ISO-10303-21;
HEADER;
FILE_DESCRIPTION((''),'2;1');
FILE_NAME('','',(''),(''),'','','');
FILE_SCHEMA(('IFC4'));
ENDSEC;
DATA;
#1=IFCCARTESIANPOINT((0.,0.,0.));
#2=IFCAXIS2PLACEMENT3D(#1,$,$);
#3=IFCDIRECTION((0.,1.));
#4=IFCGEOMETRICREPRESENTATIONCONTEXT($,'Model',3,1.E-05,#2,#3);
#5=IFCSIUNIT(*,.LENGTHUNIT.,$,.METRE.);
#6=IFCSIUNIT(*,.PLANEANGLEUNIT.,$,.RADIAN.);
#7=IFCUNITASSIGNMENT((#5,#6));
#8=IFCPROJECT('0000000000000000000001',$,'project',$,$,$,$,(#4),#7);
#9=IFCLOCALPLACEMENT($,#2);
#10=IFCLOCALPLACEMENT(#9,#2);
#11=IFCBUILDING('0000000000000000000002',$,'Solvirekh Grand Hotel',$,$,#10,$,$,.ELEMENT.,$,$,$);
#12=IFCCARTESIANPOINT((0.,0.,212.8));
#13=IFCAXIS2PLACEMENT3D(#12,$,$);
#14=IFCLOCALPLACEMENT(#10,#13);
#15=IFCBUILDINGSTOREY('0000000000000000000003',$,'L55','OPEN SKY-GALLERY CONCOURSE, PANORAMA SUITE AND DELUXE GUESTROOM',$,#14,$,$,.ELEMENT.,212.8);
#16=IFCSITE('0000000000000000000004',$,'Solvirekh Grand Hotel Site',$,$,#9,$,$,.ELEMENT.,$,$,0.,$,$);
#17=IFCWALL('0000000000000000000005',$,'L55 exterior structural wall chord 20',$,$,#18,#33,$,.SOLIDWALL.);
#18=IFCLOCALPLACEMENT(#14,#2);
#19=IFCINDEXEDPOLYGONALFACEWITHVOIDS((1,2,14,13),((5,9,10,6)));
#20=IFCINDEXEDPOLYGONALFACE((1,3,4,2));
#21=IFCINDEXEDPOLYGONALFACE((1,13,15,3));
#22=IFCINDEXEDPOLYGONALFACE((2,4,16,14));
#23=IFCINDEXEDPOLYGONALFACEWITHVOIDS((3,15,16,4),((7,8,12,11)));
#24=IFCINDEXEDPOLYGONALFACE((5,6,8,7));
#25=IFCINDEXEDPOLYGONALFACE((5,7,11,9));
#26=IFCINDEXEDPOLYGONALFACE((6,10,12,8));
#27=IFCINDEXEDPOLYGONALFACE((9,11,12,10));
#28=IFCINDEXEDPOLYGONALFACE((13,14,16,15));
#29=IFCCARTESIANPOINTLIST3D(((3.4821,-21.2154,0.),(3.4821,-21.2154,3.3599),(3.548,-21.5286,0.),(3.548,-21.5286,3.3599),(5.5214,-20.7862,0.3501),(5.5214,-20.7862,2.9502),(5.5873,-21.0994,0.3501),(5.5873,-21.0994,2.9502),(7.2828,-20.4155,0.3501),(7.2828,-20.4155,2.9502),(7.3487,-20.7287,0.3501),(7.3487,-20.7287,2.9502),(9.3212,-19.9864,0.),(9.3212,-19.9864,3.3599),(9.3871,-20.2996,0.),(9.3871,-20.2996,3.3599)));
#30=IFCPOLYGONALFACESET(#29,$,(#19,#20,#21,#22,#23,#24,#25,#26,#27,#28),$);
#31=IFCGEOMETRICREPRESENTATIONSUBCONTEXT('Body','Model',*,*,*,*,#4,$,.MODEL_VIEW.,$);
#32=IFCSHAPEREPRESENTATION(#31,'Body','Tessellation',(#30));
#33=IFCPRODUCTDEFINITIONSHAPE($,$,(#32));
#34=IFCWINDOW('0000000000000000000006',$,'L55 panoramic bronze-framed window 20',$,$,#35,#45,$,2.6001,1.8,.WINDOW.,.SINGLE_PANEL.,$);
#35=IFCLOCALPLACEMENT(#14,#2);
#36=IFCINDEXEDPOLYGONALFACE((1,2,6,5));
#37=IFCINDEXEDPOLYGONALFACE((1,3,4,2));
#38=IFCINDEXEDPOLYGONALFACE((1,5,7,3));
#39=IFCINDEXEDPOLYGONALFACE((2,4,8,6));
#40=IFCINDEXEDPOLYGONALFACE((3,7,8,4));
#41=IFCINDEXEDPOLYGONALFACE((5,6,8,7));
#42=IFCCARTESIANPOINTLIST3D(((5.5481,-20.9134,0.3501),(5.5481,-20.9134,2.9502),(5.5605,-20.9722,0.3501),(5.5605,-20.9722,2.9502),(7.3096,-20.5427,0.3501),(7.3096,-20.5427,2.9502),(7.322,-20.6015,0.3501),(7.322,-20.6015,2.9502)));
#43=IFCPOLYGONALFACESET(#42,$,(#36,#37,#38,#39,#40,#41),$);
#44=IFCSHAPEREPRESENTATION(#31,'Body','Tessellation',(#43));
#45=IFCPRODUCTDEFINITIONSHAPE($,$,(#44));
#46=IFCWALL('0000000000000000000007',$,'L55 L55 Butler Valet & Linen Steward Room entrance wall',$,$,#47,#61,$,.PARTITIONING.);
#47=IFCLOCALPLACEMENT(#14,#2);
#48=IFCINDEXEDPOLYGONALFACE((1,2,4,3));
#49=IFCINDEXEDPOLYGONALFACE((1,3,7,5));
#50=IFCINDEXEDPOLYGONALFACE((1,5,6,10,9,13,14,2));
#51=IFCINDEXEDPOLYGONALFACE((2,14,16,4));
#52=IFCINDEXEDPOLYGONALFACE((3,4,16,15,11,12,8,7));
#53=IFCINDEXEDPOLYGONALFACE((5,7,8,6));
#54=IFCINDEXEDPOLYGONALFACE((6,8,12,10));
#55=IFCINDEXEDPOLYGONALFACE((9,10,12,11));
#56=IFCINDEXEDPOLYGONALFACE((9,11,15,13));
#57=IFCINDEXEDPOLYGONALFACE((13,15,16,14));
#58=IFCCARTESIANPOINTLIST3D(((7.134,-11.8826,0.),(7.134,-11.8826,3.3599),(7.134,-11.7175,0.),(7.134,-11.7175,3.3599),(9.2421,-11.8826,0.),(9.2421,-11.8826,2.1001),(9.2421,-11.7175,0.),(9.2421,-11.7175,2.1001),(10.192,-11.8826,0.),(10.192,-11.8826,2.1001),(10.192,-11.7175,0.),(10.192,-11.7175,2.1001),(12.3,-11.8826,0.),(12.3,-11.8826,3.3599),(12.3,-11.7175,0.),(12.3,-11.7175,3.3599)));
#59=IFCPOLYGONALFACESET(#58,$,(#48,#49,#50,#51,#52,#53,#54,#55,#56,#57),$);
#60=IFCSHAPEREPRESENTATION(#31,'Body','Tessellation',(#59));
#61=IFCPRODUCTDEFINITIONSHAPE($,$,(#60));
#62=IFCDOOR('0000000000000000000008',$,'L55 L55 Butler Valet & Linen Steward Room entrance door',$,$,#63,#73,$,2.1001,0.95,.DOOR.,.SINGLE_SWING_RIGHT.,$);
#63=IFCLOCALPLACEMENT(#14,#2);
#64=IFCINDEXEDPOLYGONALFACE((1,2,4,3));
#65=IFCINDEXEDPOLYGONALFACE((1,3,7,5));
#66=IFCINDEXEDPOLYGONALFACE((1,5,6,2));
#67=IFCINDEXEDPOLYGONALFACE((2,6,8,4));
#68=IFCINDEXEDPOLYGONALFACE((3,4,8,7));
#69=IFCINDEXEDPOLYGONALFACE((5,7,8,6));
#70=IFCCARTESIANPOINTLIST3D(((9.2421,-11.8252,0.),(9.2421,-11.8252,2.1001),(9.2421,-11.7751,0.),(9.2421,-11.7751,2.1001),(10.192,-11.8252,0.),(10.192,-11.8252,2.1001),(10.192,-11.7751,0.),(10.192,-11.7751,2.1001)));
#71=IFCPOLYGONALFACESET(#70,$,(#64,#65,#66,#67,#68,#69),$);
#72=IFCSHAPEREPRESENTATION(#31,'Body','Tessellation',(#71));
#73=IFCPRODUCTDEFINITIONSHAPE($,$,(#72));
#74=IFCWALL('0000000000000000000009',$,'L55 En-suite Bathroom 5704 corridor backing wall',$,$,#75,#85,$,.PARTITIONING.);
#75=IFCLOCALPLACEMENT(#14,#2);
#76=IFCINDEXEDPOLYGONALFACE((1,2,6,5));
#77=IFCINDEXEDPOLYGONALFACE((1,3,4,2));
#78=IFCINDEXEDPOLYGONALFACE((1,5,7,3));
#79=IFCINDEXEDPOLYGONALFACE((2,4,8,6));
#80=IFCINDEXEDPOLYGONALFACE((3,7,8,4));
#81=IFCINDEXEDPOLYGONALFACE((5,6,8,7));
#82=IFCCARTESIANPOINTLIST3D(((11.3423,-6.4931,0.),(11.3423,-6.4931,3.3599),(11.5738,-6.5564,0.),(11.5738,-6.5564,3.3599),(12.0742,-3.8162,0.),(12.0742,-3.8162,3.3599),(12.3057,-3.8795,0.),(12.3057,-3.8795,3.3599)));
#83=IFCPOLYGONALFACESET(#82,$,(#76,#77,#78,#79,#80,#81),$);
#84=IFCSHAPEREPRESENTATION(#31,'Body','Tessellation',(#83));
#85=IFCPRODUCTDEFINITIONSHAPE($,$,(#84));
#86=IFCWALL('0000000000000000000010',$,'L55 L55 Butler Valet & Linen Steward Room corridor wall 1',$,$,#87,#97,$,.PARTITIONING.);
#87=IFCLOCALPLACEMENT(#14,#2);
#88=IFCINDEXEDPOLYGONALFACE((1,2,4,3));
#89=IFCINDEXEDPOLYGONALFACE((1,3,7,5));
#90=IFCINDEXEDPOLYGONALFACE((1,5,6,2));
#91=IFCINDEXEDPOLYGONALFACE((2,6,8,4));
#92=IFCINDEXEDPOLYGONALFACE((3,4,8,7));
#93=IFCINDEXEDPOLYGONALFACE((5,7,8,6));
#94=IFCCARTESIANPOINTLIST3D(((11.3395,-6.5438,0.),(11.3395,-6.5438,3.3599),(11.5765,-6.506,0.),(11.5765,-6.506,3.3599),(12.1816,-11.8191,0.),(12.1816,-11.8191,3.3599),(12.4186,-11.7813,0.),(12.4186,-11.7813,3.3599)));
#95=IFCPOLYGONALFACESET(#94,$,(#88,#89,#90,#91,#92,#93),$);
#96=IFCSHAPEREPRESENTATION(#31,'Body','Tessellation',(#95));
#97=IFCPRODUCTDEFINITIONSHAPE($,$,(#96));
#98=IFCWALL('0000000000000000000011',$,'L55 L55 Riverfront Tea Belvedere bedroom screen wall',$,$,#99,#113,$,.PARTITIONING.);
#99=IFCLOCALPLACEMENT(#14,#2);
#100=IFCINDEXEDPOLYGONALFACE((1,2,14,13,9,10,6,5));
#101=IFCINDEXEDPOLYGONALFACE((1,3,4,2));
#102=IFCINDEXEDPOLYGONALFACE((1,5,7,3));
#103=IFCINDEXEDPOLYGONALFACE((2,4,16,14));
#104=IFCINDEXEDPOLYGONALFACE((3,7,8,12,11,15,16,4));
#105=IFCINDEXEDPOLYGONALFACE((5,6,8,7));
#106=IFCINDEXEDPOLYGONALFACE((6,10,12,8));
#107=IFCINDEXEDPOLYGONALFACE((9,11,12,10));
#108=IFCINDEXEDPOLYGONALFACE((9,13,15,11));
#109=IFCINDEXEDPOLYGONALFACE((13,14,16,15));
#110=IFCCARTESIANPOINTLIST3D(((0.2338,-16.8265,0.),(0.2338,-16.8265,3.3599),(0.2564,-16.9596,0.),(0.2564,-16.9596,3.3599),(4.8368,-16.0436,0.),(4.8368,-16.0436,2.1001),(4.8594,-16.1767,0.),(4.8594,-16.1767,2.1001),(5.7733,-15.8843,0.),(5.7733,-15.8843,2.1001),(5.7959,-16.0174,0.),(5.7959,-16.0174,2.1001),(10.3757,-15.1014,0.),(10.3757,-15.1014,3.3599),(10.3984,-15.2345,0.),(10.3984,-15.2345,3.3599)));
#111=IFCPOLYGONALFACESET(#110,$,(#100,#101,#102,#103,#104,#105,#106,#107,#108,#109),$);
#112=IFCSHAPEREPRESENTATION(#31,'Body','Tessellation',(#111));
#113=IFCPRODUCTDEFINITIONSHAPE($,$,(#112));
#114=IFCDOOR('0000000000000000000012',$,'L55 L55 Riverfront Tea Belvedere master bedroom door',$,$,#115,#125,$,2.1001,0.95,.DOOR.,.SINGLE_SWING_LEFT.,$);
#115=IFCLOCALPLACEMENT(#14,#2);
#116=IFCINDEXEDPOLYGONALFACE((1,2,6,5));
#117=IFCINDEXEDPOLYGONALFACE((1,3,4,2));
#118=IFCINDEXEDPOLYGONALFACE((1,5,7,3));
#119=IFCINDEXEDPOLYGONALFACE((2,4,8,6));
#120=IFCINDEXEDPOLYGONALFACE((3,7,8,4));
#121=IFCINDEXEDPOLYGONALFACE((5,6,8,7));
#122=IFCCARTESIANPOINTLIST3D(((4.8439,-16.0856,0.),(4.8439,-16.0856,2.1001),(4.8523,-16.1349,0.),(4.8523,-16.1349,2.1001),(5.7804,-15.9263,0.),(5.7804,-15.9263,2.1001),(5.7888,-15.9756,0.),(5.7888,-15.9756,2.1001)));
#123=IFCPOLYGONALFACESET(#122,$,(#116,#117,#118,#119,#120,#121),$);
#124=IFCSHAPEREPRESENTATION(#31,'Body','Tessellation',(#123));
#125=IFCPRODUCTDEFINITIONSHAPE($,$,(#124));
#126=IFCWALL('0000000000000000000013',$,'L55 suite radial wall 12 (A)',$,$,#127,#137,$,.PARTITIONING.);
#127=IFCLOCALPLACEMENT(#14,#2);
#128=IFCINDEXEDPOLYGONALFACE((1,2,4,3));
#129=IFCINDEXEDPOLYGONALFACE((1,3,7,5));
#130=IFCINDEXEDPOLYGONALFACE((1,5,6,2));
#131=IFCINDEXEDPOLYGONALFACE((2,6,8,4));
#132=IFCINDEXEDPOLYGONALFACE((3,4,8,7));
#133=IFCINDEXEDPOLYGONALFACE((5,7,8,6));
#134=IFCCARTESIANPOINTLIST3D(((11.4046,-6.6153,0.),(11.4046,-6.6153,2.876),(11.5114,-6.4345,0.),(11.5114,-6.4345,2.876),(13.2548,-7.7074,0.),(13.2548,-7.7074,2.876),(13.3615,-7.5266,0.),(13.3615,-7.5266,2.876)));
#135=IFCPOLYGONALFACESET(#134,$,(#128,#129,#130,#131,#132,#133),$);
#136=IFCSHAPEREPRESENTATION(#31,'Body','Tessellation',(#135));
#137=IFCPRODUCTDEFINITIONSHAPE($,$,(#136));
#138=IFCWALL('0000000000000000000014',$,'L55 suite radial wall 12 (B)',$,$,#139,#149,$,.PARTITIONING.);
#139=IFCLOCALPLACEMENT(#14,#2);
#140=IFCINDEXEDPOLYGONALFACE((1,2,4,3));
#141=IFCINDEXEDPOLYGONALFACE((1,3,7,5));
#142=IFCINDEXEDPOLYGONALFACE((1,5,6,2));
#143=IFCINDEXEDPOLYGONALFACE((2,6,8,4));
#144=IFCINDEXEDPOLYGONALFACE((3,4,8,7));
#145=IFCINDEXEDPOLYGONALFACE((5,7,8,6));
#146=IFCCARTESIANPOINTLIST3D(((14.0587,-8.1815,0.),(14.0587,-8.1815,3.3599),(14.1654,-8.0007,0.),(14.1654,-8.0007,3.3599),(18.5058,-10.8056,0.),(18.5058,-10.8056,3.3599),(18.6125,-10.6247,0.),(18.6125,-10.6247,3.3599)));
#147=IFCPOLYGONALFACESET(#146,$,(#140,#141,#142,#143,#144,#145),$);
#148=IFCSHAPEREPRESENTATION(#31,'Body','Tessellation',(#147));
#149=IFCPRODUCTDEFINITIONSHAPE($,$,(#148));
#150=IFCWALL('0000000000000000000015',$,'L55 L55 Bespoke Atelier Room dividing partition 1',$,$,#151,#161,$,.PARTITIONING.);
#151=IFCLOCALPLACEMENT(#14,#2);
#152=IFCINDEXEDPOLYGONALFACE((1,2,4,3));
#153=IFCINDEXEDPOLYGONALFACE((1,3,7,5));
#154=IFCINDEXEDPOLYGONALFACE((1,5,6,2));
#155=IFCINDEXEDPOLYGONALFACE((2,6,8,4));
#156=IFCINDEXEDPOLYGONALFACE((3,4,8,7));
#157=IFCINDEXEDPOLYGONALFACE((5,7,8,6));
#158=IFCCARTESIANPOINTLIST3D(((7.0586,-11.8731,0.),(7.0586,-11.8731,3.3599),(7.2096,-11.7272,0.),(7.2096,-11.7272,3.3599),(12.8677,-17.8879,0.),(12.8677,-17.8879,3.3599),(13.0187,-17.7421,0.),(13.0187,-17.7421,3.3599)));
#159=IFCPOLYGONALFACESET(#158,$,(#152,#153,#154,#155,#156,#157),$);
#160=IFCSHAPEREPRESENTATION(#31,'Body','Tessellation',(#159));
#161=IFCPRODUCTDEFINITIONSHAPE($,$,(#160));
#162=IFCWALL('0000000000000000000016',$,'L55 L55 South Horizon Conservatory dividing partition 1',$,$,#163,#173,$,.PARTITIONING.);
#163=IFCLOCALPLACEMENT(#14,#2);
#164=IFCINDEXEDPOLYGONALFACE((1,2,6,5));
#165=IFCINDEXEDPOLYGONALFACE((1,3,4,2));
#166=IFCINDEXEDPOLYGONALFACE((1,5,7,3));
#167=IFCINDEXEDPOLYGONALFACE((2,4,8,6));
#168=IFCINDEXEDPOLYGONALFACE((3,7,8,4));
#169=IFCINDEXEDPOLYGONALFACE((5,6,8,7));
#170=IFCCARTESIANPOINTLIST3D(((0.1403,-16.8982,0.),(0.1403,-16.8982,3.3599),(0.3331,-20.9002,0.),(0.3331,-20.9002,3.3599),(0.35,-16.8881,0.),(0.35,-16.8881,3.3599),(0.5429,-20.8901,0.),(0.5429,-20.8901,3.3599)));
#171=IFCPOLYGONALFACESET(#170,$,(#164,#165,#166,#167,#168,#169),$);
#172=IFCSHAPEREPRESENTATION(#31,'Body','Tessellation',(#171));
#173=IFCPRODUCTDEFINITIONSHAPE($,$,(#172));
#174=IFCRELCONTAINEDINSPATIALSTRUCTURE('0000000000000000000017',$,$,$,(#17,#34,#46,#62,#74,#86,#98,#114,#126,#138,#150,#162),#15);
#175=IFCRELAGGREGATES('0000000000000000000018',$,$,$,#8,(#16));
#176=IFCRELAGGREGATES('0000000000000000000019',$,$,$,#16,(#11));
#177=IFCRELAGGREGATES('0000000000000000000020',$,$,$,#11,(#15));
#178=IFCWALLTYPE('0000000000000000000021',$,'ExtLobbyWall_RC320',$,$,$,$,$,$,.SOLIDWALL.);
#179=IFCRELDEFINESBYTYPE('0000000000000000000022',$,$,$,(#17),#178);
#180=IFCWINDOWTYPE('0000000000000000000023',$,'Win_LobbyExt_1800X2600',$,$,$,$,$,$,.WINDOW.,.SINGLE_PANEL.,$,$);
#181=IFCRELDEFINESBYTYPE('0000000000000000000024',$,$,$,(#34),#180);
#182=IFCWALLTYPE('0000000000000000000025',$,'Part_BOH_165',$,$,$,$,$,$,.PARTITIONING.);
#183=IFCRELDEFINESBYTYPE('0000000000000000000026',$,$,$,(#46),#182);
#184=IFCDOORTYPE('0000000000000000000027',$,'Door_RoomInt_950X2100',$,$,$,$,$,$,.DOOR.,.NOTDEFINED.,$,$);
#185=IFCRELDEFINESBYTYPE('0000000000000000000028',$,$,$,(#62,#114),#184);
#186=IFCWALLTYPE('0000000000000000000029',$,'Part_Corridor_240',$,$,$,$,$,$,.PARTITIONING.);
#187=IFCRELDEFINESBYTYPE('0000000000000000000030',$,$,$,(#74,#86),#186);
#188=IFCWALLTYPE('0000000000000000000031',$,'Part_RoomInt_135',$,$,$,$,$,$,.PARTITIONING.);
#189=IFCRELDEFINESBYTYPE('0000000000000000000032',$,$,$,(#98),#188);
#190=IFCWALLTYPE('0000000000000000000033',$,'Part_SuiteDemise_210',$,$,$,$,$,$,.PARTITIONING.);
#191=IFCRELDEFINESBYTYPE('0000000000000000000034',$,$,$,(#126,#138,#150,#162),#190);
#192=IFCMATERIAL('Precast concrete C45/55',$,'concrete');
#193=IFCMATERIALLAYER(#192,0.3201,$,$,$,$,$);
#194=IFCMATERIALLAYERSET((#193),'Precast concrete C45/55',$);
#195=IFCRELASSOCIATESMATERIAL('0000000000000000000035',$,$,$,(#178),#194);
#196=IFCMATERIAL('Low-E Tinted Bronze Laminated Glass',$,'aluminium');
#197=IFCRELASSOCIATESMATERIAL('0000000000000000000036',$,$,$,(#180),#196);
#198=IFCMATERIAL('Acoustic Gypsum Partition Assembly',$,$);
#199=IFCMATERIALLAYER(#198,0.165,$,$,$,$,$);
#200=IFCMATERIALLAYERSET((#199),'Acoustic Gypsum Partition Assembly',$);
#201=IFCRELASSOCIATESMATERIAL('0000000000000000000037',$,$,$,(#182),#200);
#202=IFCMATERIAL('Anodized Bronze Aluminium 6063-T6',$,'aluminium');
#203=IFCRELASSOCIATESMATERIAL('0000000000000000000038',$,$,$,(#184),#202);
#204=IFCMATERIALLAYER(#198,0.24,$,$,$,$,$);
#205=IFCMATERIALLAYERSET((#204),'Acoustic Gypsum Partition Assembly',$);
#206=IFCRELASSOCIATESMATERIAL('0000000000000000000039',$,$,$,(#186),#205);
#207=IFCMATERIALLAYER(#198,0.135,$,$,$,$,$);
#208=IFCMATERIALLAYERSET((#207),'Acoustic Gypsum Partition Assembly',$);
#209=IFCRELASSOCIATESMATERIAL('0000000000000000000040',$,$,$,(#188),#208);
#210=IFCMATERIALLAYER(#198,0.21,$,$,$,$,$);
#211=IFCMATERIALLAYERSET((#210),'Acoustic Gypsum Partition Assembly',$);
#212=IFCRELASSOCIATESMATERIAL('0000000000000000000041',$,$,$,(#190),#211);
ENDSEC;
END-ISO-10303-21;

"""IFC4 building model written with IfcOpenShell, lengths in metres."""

from ifc_helpers import new_model, si_unit, direction, frame, frame_2d, origin, place, context, subcontext, project, spatial, rectangle, extrude, material, layer, layer_set, type_object, element, fill, save


model = new_model("IFC4")

# Units and contexts
model_context = context("Model", 3, precision=1e-05, world=origin(), true_north=direction((0.0, 1.0)))
body_context = subcontext(model_context, "Body", "Model", "MODEL_VIEW")
ifc_project = project(units=[si_unit("LENGTHUNIT", "METRE"), si_unit("PLANEANGLEUNIT", "RADIAN")], contexts=[model_context])

# Site, building, storey
site_placement = place(None, origin())
site = spatial("IfcSite", under=ifc_project, at=site_placement, Name="Solvirekh Grand Hotel Site", CompositionType="ELEMENT", RefElevation=0.0)
building_placement = place(site_placement, origin())
building = spatial("IfcBuilding", under=site, at=building_placement, Name="Solvirekh Grand Hotel", CompositionType="ELEMENT")
storey_placement = place(building_placement, frame((0.0, 0.0, 212.8)))
storey = spatial("IfcBuildingStorey", under=building, at=storey_placement, Name="L55", Description="OPEN SKY-GALLERY CONCOURSE, PANORAMA SUITE AND DELUXE GUESTROOM", CompositionType="ELEMENT", Elevation=212.8)

# Shared definitions
ifc_material_1 = material(Name="Anodized Bronze Aluminium 6063-T6", Category="aluminium")
ifc_material_2 = material(Name="Low-E Tinted Bronze Laminated Glass", Category="aluminium")

# Wall, opening, window
ifc_material_3 = material(Name="Precast concrete C45/55", Category="concrete")
ifc_layer_1 = layer(ifc_material_3, 0.3201)
ifc_layer_set_1 = layer_set([ifc_layer_1], Name="Precast concrete C45/55")
wall_type_1 = type_object("IfcWallType", Name="ExtLobbyWall_RC320", PredefinedType="SOLIDWALL", material=ifc_layer_set_1)
window_type_1 = type_object("IfcWindowType", Name="Win_LobbyExt_1800X2600", PartitioningType="SINGLE_PANEL", PredefinedType="WINDOW", material=ifc_material_2)
wall_1_placement = place(storey_placement, frame((9.354, -20.1431, 0.0), z_axis=(0.0, 0.0, 1.0), x_axis=(-0.978559, -0.205965, 0.0)))
wall_1 = element("IfcWall", 1, at=wall_1_placement, inside=storey, type_object=wall_type_1, Name="L55 exterior structural wall chord 20", PredefinedType="SOLIDWALL", context=body_context, shape_type="SweptSolid", body=[
    extrude(rectangle(XDim=5.967, YDim=0.3201, at=frame_2d((2.9834, 0.0))), origin(), (0.0, 0.0, 1.0), 3.3599),
])
opening_1_placement = place(wall_1_placement, frame((2.083, 0.0, 0.3501)))
opening_1 = element("IfcOpeningElement", 2, at=opening_1_placement, cuts=wall_1, PredefinedType="OPENING", context=body_context, shape_type="SweptSolid", body=[
    extrude(rectangle(XDim=1.8, YDim=2.6001, at=frame_2d((0.8999, 1.3))), frame((0.0, 0.1699, 0.0), z_axis=(0.0, -1.0, 0.0), x_axis=(1.0, 0.0, 0.0)), (0.0, 0.0, 1.0), 0.3401),
])
window_1_placement = place(opening_1_placement, origin())
window_1 = element("IfcWindow", 3, at=window_1_placement, inside=storey, type_object=window_type_1, Name="L55 panoramic bronze-framed window 20", OverallHeight=2.6001, OverallWidth=1.8, PartitioningType="SINGLE_PANEL", PredefinedType="WINDOW", context=body_context, shape_type="SweptSolid", body=[
    extrude(rectangle(XDim=1.8, YDim=2.6001, at=frame_2d((0.8999, 1.3))), frame((0.0, 0.03, 0.0), z_axis=(0.0, -1.0, 0.0), x_axis=(1.0, 0.0, 0.0)), (0.0, 0.0, 1.0), 0.0601),
])
fill(opening_1, window_1)

# Wall, opening, door
ifc_material_4 = material(Name="Acoustic Gypsum Partition Assembly")
ifc_layer_2 = layer(ifc_material_4, 0.165)
ifc_layer_set_2 = layer_set([ifc_layer_2], Name="Acoustic Gypsum Partition Assembly")
wall_type_2 = type_object("IfcWallType", Name="Part_BOH_165", PredefinedType="PARTITIONING", material=ifc_layer_set_2)
wall_2_placement = place(storey_placement, frame((7.134, -11.8, 0.0), z_axis=(0.0, 0.0, 1.0), x_axis=(1.0, 0.0, 0.0)))
wall_2 = element("IfcWall", 4, at=wall_2_placement, inside=storey, type_object=wall_type_2, Name="L55 L55 Butler Valet & Linen Steward Room entrance wall", PredefinedType="PARTITIONING", context=body_context, shape_type="SweptSolid", body=[
    extrude(rectangle(XDim=5.166, YDim=0.165, at=frame_2d((2.583, 0.0))), origin(), (0.0, 0.0, 1.0), 3.3599),
])
opening_2_placement = place(wall_2_placement, frame((2.1079, 0.0, 0.0)))
opening_2 = element("IfcOpeningElement", 5, at=opening_2_placement, cuts=wall_2, PredefinedType="OPENING", context=body_context, shape_type="SweptSolid", body=[
    extrude(rectangle(XDim=0.95, YDim=2.1001, at=frame_2d((0.4751, 1.05))), frame((0.0, 0.0925, 0.0), z_axis=(0.0, -1.0, 0.0), x_axis=(1.0, 0.0, 0.0)), (0.0, 0.0, 1.0), 0.1851),
])
door_type = type_object("IfcDoorType", Name="Door_RoomInt_950X2100", OperationType="NOTDEFINED", PredefinedType="DOOR", material=ifc_material_1)
door_1_placement = place(opening_2_placement, origin())
door_1 = element("IfcDoor", 6, at=door_1_placement, inside=storey, type_object=door_type, Name="L55 L55 Butler Valet & Linen Steward Room entrance door", OperationType="SINGLE_SWING_RIGHT", OverallHeight=2.1001, OverallWidth=0.95, PredefinedType="DOOR", context=body_context, shape_type="SweptSolid", body=[
    extrude(rectangle(XDim=0.95, YDim=2.1001, at=frame_2d((0.4751, 1.05))), frame((0.0, 0.0249, 0.0), z_axis=(0.0, -1.0, 0.0), x_axis=(1.0, 0.0, 0.0)), (0.0, 0.0, 1.0), 0.05),
])
fill(opening_2, door_1)

# Walls
ifc_layer_3 = layer(ifc_material_4, 0.24)
ifc_layer_set_3 = layer_set([ifc_layer_3], Name="Acoustic Gypsum Partition Assembly")
wall_type_3 = type_object("IfcWallType", Name="Part_Corridor_240", PredefinedType="PARTITIONING", material=ifc_layer_set_3)
wall_3_placement = place(storey_placement, frame((11.458, -6.5249, 0.0), z_axis=(0.0, 0.0, 1.0), x_axis=(0.263735, 0.964595, 0.0)))
element("IfcWall", 7, at=wall_3_placement, inside=storey, type_object=wall_type_3, Name="L55 En-suite Bathroom 5704 corridor backing wall", PredefinedType="PARTITIONING", context=body_context, shape_type="SweptSolid", body=[
    extrude(rectangle(XDim=2.7751, YDim=0.24, at=frame_2d((1.3877, 0.0))), origin(), (0.0, 0.0, 1.0), 3.3599),
])
wall_4_placement = place(storey_placement, frame((12.3, -11.8, 0.0), z_axis=(0.0, 0.0, 1.0), x_axis=(-0.157629, 0.987498, 0.0)))
element("IfcWall", 8, at=wall_4_placement, inside=storey, type_object=wall_type_3, Name="L55 L55 Butler Valet & Linen Steward Room corridor wall 1", PredefinedType="PARTITIONING", context=body_context, shape_type="SweptSolid", body=[
    extrude(rectangle(XDim=5.342, YDim=0.24, at=frame_2d((2.6709, 0.0))), origin(), (0.0, 0.0, 1.0), 3.3599),
])

# Wall, opening, door
ifc_layer_4 = layer(ifc_material_4, 0.135)
ifc_layer_set_4 = layer_set([ifc_layer_4], Name="Acoustic Gypsum Partition Assembly")
wall_type_4 = type_object("IfcWallType", Name="Part_RoomInt_135", PredefinedType="PARTITIONING", material=ifc_layer_set_4)
wall_5_placement = place(storey_placement, frame((0.2451, -16.8931, 0.0), z_axis=(0.0, 0.0, 1.0), x_axis=(0.98584, 0.167688, 0.0)))
wall_5 = element("IfcWall", 9, at=wall_5_placement, inside=storey, type_object=wall_type_4, Name="L55 L55 Riverfront Tea Belvedere bedroom screen wall", PredefinedType="PARTITIONING", context=body_context, shape_type="SweptSolid", body=[
    extrude(rectangle(XDim=10.2876, YDim=0.135, at=frame_2d((5.1438, 0.0))), origin(), (0.0, 0.0, 1.0), 3.3599),
])
opening_3_placement = place(wall_5_placement, frame((4.6689, 0.0, 0.0)))
opening_3 = element("IfcOpeningElement", 10, at=opening_3_placement, cuts=wall_5, PredefinedType="OPENING", context=body_context, shape_type="SweptSolid", body=[
    extrude(rectangle(XDim=0.95, YDim=2.1001, at=frame_2d((0.4751, 1.05))), frame((0.0, 0.0776, 0.0), z_axis=(0.0, -1.0, 0.0), x_axis=(1.0, 0.0, 0.0)), (0.0, 0.0, 1.0), 0.155),
])
door_2_placement = place(opening_3_placement, origin())
door_2 = element("IfcDoor", 11, at=door_2_placement, inside=storey, type_object=door_type, Name="L55 L55 Riverfront Tea Belvedere master bedroom door", OperationType="SINGLE_SWING_LEFT", OverallHeight=2.1001, OverallWidth=0.95, PredefinedType="DOOR", context=body_context, shape_type="SweptSolid", body=[
    extrude(rectangle(XDim=0.95, YDim=2.1001, at=frame_2d((0.4751, 1.05))), frame((0.0, 0.0249, 0.0), z_axis=(0.0, -1.0, 0.0), x_axis=(1.0, 0.0, 0.0)), (0.0, 0.0, 1.0), 0.05),
])
fill(opening_3, door_2)

# Walls
ifc_layer_5 = layer(ifc_material_4, 0.21)
ifc_layer_set_5 = layer_set([ifc_layer_5], Name="Acoustic Gypsum Partition Assembly")
wall_type_5 = type_object("IfcWallType", Name="Part_SuiteDemise_210", PredefinedType="PARTITIONING", material=ifc_layer_set_5)
wall_6_placement = place(storey_placement, frame((11.458, -6.5249, 0.0), z_axis=(0.0, 0.0, 1.0), x_axis=(0.861171, -0.508316, 0.0)))
element("IfcWall", 12, at=wall_6_placement, inside=storey, type_object=wall_type_5, Name="L55 suite radial wall 12 (A)", PredefinedType="PARTITIONING", context=body_context, shape_type="SweptSolid", body=[
    extrude(rectangle(XDim=2.1484, YDim=0.21, at=frame_2d((1.0742, 0.0))), origin(), (0.0, 0.0, 1.0), 2.876),
])
wall_7_placement = place(storey_placement, frame((14.1121, -8.0911, 0.0), z_axis=(0.0, 0.0, 1.0), x_axis=(0.861245, -0.508189, 0.0)))
element("IfcWall", 13, at=wall_7_placement, inside=storey, type_object=wall_type_5, Name="L55 suite radial wall 12 (B)", PredefinedType="PARTITIONING", context=body_context, shape_type="SweptSolid", body=[
    extrude(rectangle(XDim=5.1636, YDim=0.21, at=frame_2d((2.5818, 0.0))), origin(), (0.0, 0.0, 1.0), 3.3599),
])
wall_8_placement = place(storey_placement, frame((7.134, -11.8, 0.0), z_axis=(0.0, 0.0, 1.0), x_axis=(0.694694, -0.719306, 0.0)))
element("IfcWall", 14, at=wall_8_placement, inside=storey, type_object=wall_type_5, Name="L55 L55 Bespoke Atelier Room dividing partition 1", PredefinedType="PARTITIONING", context=body_context, shape_type="SweptSolid", body=[
    extrude(rectangle(XDim=8.3621, YDim=0.21, at=frame_2d((4.1812, 0.0))), origin(), (0.0, 0.0, 1.0), 3.3599),
])
wall_9_placement = place(storey_placement, frame((0.2451, -16.8931, 0.0), z_axis=(0.0, 0.0, 1.0), x_axis=(0.048138, -0.998841, 0.0)))
element("IfcWall", 15, at=wall_9_placement, inside=storey, type_object=wall_type_5, Name="L55 L55 South Horizon Conservatory dividing partition 1", PredefinedType="PARTITIONING", context=body_context, shape_type="SweptSolid", body=[
    extrude(rectangle(XDim=4.0066, YDim=0.21, at=frame_2d((2.0034, 0.0))), origin(), (0.0, 0.0, 1.0), 3.3599),
])

save(model, "model.ifc")
